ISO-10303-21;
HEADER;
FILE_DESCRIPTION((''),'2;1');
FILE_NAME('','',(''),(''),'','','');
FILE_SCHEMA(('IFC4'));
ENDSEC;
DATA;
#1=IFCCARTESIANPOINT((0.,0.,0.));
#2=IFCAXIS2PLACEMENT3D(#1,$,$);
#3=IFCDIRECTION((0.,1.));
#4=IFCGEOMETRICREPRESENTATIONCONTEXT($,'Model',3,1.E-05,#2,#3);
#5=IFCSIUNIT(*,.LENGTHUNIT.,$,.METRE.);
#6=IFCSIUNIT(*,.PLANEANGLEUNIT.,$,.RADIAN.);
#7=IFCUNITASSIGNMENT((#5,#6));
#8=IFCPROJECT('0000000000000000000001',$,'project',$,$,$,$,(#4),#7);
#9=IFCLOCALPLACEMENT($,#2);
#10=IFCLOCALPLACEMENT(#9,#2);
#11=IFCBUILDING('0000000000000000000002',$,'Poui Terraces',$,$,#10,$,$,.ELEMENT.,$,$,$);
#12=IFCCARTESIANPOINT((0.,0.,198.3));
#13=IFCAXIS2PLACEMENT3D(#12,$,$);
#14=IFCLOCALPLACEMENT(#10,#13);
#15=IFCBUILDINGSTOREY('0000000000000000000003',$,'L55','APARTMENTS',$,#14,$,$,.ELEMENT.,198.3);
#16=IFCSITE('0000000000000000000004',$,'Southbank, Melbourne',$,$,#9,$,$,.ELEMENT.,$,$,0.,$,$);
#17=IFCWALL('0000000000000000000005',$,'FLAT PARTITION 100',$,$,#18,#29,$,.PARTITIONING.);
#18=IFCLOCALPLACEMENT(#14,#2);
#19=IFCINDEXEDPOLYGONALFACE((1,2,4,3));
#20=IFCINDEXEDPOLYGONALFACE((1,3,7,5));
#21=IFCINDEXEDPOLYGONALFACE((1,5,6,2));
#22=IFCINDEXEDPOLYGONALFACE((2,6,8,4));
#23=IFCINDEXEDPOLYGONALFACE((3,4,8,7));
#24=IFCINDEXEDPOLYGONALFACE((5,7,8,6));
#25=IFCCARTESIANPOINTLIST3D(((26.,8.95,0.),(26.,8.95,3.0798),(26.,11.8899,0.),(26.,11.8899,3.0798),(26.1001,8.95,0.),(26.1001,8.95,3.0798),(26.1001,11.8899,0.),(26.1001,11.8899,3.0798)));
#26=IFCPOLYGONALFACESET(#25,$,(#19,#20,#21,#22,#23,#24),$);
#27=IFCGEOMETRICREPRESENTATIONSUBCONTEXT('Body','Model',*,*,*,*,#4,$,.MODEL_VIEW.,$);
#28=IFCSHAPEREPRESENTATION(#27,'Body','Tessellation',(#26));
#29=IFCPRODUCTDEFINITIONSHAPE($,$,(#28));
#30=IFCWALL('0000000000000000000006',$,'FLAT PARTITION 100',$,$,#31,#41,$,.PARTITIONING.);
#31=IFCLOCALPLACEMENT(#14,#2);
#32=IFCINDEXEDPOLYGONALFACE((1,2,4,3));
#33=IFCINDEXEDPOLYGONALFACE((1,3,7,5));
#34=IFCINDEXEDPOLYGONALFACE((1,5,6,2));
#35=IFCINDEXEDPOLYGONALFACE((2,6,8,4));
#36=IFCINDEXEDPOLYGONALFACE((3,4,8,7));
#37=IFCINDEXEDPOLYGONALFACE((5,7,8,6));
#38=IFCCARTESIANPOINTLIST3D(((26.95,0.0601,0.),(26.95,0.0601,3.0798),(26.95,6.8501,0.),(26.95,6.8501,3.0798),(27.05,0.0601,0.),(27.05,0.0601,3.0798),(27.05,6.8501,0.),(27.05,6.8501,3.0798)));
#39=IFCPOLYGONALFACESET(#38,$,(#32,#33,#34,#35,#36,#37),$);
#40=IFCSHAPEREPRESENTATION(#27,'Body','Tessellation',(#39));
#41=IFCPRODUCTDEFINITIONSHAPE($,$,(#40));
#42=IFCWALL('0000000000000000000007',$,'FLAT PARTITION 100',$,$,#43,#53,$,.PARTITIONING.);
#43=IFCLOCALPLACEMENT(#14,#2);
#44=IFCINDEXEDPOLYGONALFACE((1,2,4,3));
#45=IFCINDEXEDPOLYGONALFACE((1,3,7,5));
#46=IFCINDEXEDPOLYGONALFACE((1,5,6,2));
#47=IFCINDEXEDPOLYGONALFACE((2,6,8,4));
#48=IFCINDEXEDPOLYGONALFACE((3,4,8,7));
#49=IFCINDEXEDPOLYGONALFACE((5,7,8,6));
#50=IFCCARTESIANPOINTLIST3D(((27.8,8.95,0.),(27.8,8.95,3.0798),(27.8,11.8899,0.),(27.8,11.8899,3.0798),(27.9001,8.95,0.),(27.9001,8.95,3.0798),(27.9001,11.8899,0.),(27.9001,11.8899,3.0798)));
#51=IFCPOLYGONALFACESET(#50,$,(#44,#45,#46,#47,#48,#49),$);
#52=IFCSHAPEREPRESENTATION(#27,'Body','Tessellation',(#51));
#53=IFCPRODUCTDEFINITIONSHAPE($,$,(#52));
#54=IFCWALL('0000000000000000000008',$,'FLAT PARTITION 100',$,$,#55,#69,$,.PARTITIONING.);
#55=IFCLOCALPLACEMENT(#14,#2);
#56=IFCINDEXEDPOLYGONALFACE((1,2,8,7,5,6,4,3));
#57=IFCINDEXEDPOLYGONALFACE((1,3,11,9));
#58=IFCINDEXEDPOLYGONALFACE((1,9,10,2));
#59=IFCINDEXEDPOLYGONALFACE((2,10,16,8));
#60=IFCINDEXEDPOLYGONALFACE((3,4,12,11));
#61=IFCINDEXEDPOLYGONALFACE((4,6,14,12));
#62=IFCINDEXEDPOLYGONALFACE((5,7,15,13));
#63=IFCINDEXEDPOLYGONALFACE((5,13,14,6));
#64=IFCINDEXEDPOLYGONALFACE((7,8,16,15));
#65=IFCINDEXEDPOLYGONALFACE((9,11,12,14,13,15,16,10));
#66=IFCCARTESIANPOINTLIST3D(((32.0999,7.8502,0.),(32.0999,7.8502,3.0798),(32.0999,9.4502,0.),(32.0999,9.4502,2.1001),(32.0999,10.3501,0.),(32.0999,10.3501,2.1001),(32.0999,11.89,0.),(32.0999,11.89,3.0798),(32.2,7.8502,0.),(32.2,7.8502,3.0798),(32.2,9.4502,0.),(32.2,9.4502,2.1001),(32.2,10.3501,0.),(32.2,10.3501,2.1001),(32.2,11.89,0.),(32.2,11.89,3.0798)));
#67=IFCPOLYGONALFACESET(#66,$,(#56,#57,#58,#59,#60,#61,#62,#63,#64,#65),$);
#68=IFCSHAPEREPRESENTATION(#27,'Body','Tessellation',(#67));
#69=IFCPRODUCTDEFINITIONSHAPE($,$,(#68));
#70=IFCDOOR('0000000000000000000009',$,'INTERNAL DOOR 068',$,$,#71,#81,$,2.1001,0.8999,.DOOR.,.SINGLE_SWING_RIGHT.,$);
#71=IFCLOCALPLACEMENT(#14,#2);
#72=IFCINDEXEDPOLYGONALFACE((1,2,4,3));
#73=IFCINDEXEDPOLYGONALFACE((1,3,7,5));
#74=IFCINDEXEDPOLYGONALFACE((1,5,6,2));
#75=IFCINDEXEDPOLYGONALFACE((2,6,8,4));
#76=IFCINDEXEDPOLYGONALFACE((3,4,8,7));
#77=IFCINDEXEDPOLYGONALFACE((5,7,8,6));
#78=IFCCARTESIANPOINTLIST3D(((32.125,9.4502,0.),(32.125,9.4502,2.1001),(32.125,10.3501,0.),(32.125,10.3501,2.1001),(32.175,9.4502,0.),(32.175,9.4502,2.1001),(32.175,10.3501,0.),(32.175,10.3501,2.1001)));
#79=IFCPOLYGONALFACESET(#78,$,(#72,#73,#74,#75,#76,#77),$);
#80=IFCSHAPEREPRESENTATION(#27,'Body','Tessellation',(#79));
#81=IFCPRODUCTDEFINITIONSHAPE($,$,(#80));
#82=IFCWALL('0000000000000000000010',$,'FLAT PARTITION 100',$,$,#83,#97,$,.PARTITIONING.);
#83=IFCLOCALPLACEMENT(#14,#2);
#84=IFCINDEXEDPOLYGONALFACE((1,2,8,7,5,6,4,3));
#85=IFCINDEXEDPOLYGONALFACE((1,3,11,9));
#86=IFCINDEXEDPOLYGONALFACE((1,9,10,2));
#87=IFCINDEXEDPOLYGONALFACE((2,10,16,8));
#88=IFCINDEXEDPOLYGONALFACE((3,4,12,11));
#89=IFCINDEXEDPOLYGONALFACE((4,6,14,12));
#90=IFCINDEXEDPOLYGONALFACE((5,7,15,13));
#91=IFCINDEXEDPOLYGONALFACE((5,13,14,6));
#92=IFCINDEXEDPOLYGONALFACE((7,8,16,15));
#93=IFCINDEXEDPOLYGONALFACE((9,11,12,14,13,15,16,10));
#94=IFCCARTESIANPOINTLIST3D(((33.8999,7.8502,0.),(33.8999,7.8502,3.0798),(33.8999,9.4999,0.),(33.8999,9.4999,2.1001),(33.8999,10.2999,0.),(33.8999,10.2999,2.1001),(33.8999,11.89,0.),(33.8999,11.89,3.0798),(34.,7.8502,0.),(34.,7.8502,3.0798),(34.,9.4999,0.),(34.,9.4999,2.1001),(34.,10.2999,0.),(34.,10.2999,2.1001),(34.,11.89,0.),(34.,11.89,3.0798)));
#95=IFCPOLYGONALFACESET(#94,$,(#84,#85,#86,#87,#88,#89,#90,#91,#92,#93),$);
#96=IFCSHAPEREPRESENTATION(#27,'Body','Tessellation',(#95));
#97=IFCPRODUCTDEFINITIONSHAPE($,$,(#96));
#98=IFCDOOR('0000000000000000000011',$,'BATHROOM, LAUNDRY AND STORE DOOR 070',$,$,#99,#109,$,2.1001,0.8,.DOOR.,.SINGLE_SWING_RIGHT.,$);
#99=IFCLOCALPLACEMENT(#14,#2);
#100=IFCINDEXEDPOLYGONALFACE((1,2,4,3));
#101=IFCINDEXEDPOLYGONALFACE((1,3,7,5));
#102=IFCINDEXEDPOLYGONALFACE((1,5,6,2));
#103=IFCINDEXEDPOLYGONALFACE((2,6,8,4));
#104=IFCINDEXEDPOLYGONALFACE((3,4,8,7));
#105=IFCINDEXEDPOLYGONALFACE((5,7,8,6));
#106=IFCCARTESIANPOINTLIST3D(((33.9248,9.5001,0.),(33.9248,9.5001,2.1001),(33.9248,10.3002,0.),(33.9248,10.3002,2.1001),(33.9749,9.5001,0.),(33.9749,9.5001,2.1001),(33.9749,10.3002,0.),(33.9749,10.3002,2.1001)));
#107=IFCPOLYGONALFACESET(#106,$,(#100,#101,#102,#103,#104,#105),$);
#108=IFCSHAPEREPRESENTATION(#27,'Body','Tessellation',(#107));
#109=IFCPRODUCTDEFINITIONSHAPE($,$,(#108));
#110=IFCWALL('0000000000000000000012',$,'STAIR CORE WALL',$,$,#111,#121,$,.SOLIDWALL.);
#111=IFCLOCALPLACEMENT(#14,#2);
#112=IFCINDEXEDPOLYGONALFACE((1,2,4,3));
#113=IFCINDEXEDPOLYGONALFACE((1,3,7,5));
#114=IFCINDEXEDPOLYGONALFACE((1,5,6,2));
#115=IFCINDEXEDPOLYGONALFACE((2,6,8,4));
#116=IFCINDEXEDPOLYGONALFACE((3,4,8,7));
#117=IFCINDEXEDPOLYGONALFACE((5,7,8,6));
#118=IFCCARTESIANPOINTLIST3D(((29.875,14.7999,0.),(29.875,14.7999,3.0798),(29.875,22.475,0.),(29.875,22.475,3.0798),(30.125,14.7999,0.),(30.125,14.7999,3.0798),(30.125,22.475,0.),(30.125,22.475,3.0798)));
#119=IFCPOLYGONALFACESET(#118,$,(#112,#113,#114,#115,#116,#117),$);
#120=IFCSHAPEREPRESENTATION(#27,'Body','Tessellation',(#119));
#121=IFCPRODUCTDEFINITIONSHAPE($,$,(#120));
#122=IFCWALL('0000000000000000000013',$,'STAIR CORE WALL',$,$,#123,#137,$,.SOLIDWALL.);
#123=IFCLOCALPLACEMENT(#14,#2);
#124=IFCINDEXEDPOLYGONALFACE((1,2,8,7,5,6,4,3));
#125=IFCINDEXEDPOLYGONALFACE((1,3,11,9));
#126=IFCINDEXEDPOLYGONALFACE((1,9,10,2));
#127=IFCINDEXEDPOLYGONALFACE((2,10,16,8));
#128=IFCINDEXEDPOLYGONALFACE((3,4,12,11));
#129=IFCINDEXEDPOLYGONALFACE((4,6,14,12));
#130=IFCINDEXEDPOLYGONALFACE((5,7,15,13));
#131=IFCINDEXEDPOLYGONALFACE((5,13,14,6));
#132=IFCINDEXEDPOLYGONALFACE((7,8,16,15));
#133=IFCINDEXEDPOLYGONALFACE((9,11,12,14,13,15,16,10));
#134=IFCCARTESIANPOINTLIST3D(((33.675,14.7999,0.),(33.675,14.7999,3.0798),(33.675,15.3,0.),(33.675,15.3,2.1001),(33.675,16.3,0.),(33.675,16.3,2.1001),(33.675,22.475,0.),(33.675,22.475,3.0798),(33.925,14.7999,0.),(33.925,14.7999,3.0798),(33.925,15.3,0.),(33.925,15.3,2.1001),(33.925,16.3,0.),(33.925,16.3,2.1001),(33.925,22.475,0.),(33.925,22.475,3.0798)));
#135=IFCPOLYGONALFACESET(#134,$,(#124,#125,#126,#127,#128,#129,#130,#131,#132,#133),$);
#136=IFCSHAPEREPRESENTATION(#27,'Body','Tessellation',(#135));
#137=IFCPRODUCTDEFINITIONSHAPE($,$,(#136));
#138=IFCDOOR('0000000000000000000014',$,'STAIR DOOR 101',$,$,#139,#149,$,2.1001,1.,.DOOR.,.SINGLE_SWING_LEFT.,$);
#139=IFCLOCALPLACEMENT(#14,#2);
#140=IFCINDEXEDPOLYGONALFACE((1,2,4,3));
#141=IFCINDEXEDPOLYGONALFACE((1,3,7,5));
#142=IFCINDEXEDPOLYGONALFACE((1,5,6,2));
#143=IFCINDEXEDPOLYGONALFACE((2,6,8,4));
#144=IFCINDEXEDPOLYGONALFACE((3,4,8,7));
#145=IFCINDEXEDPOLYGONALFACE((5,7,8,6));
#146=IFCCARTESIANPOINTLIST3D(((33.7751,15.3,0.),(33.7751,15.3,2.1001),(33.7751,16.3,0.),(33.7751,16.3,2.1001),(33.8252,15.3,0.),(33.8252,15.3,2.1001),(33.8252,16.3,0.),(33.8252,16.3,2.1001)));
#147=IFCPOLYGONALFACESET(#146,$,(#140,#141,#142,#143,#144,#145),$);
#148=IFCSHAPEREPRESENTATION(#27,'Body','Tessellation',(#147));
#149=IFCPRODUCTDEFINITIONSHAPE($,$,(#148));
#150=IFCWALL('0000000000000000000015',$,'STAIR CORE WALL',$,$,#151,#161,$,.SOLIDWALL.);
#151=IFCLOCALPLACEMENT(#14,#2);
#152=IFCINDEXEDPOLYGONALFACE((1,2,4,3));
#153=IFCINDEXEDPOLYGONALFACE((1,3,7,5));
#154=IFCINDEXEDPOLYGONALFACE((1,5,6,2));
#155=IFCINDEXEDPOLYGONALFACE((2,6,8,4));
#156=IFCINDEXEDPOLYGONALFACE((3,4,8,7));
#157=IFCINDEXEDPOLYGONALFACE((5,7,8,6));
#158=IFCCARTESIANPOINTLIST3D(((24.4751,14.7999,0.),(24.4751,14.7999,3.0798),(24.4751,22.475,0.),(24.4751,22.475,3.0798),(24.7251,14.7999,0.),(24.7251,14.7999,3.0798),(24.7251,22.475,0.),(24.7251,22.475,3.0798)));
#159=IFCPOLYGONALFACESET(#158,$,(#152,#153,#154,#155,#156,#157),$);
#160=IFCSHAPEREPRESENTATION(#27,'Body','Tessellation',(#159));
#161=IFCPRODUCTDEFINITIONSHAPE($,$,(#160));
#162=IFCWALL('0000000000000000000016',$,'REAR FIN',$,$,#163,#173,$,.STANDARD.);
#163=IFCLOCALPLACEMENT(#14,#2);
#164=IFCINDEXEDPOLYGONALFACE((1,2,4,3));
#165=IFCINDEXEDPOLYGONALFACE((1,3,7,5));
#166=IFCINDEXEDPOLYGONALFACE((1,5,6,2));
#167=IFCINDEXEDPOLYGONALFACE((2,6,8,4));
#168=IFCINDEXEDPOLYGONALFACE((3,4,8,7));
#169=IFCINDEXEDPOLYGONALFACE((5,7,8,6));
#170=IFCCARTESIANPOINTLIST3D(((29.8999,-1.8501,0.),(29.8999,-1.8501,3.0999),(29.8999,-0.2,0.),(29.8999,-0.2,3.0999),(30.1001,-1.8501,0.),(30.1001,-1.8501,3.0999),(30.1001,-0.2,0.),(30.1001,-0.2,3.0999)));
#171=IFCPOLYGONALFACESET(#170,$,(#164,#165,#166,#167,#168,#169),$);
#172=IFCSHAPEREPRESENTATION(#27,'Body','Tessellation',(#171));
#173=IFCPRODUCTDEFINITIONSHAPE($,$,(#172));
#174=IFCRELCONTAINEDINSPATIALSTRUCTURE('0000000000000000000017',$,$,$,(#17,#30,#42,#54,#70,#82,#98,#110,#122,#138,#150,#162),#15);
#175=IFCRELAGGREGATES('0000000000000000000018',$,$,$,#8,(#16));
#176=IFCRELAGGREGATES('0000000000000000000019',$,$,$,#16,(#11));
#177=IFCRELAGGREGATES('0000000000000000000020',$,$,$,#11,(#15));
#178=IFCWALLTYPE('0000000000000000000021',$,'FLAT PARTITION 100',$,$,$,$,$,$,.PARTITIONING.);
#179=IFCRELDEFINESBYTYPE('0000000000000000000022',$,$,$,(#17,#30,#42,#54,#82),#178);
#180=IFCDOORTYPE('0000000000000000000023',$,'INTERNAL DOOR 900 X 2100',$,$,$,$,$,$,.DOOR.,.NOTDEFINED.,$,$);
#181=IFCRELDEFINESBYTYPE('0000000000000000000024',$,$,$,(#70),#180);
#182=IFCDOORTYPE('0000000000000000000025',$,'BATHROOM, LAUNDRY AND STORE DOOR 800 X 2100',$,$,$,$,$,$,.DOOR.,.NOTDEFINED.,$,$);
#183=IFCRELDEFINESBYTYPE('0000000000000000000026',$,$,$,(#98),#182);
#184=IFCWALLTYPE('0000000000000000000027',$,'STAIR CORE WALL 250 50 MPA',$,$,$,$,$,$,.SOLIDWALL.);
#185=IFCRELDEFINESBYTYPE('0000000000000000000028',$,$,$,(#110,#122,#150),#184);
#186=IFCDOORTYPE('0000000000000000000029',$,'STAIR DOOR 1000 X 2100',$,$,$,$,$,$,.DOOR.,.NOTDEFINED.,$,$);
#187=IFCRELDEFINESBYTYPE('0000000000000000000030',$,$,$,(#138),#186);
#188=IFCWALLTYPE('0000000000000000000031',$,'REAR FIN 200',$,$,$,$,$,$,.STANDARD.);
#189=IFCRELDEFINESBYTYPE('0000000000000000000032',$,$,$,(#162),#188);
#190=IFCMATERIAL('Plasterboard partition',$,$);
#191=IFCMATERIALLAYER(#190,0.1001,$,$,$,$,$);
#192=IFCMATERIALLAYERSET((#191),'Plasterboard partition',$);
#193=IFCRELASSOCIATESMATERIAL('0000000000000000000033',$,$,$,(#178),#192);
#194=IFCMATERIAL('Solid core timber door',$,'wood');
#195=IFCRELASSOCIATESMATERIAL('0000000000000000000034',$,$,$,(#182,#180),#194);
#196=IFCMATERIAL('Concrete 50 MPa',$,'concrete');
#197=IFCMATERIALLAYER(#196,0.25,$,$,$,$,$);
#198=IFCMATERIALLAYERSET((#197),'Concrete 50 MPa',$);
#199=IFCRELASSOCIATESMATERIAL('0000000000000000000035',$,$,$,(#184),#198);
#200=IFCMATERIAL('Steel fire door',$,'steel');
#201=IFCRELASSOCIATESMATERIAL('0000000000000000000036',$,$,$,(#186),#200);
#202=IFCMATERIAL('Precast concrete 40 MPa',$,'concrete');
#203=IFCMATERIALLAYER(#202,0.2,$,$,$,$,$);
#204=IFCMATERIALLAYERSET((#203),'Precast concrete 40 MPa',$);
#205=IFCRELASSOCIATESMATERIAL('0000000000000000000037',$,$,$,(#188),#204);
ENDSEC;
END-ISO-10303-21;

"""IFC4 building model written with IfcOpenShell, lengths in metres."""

from ifc_helpers import new_model, si_unit, direction, frame, frame_2d, origin, place, context, subcontext, project, spatial, polyline, rectangle, outline, extrude, source, transform, mapped, material, layer, layer_set, type_object, element, fill, save


model = new_model("IFC4")

# Units and contexts
model_context = context("Model", 3, precision=1e-05, world=origin(), true_north=direction((0.0, 1.0)))
body_context = subcontext(model_context, "Body", "Model", "MODEL_VIEW")
ifc_project = project(units=[si_unit("LENGTHUNIT", "METRE"), si_unit("PLANEANGLEUNIT", "RADIAN")], contexts=[model_context])

# Site, building, storey
site_placement = place(None, origin())
site = spatial("IfcSite", under=ifc_project, at=site_placement, Name="Southbank, Melbourne", CompositionType="ELEMENT", RefElevation=0.0)
building_placement = place(site_placement, origin())
building = spatial("IfcBuilding", under=site, at=building_placement, Name="Poui Terraces", CompositionType="ELEMENT")
storey_placement = place(building_placement, frame((0.0, 0.0, 198.3)))
storey = spatial("IfcBuildingStorey", under=building, at=storey_placement, Name="L55", Description="APARTMENTS", CompositionType="ELEMENT", Elevation=198.3)

# Shared definitions
ifc_material_1 = material(Name="Concrete 50 MPa", Category="concrete")

# Shared definitions
ifc_material_2 = material(Name="Precast concrete 40 MPa", Category="concrete")

# Shared definitions
ifc_material_3 = material(Name="Steel fire door", Category="steel")

# Shared definitions
ifc_material_4 = material(Name="Plasterboard partition")
ifc_layer_1 = layer(ifc_material_4, 0.1001)
ifc_layer_set_1 = layer_set([ifc_layer_1], Name="Plasterboard partition")
wall_type_1 = type_object("IfcWallType", Name="FLAT PARTITION 100", PredefinedType="PARTITIONING", material=ifc_layer_set_1)

# Shared definitions
ifc_material_5 = material(Name="Solid core timber door", Category="wood")
door_type_1 = type_object("IfcDoorType", Name="BATHROOM, LAUNDRY AND STORE DOOR 800 X 2100", OperationType="NOTDEFINED", PredefinedType="DOOR", material=ifc_material_5)
door_type_2 = type_object("IfcDoorType", Name="INTERNAL DOOR 900 X 2100", OperationType="NOTDEFINED", PredefinedType="DOOR", material=ifc_material_5)

# Walls
wall_1_placement = place(storey_placement, frame((26.05, 8.95, 0.0), z_axis=(0.0, 0.0, 1.0), x_axis=(0.0, 1.0, 0.0)))
element("IfcWall", 1, at=wall_1_placement, inside=storey, type_object=wall_type_1, Name="FLAT PARTITION 100", PredefinedType="PARTITIONING", context=body_context, shape_type="SweptSolid", body=[
    extrude(rectangle(XDim=2.9399, YDim=0.1001, at=frame_2d((1.47, 0.0))), origin(), (0.0, 0.0, 1.0), 3.0798),
])
wall_2_placement = place(storey_placement, frame((27.0, 0.0601, 0.0), z_axis=(0.0, 0.0, 1.0), x_axis=(0.0, 1.0, 0.0)))
element("IfcWall", 2, at=wall_2_placement, inside=storey, type_object=wall_type_1, Name="FLAT PARTITION 100", PredefinedType="PARTITIONING", context=body_context, shape_type="SweptSolid", body=[
    extrude(rectangle(XDim=6.79, YDim=0.1001, at=frame_2d((3.395, 0.0))), origin(), (0.0, 0.0, 1.0), 3.0798),
])
wall_3_placement = place(storey_placement, frame((27.8501, 8.95, 0.0), z_axis=(0.0, 0.0, 1.0), x_axis=(0.0, 1.0, 0.0)))
element("IfcWall", 3, at=wall_3_placement, inside=storey, type_object=wall_type_1, Name="FLAT PARTITION 100", PredefinedType="PARTITIONING", context=body_context, shape_type="SweptSolid", body=[
    extrude(rectangle(XDim=2.9399, YDim=0.1001, at=frame_2d((1.47, 0.0))), origin(), (0.0, 0.0, 1.0), 3.0798),
])

# Walls, openings, doors
wall_4_placement = place(storey_placement, frame((32.1499, 7.8501, 0.0), z_axis=(0.0, 0.0, 1.0), x_axis=(0.0, 1.0, 0.0)))
wall_4 = element("IfcWall", 4, at=wall_4_placement, inside=storey, type_object=wall_type_1, Name="FLAT PARTITION 100", PredefinedType="PARTITIONING", context=body_context, shape_type="SweptSolid", body=[
    extrude(rectangle(XDim=4.0398, YDim=0.1001, at=frame_2d((2.02, 0.0))), origin(), (0.0, 0.0, 1.0), 3.0798),
])
opening_1_placement = place(wall_4_placement, frame((1.6001, 0.0, 0.0)))
opening_1 = element("IfcOpeningElement", 5, at=opening_1_placement, cuts=wall_4, PredefinedType="OPENING", context=body_context, shape_type="SweptSolid", body=[
    extrude(rectangle(XDim=0.8999, YDim=2.1001, at=frame_2d((0.45, 1.05))), frame((0.0, 0.0601, 0.0), z_axis=(0.0, -1.0, 0.0), x_axis=(1.0, 0.0, 0.0)), (0.0, 0.0, 1.0), 0.1201),
])
door_1_placement = place(opening_1_placement, origin())
door_1 = element("IfcDoor", 6, at=door_1_placement, inside=storey, type_object=door_type_2, Name="INTERNAL DOOR 068", OperationType="SINGLE_SWING_RIGHT", OverallHeight=2.1001, OverallWidth=0.8999, PredefinedType="DOOR", context=body_context, shape_type="SweptSolid", body=[
    extrude(rectangle(XDim=0.8999, YDim=2.1001, at=frame_2d((0.45, 1.05))), frame((0.0, 0.0249, 0.0), z_axis=(0.0, -1.0, 0.0), x_axis=(1.0, 0.0, 0.0)), (0.0, 0.0, 1.0), 0.05),
])
fill(opening_1, door_1)
wall_5_placement = place(storey_placement, frame((33.95, 7.8501, 0.0), z_axis=(0.0, 0.0, 1.0), x_axis=(0.0, 1.0, 0.0)))
wall_5 = element("IfcWall", 7, at=wall_5_placement, inside=storey, type_object=wall_type_1, Name="FLAT PARTITION 100", PredefinedType="PARTITIONING", context=body_context, shape_type="SweptSolid", body=[
    extrude(rectangle(XDim=4.0398, YDim=0.1001, at=frame_2d((2.02, 0.0))), origin(), (0.0, 0.0, 1.0), 3.0798),
])
opening_2_placement = place(wall_5_placement, frame((1.6499, 0.0, 0.0)))
opening_2 = element("IfcOpeningElement", 8, at=opening_2_placement, cuts=wall_5, PredefinedType="OPENING", context=body_context, shape_type="SweptSolid", body=[
    extrude(rectangle(XDim=0.8, YDim=2.1001, at=frame_2d((0.3999, 1.05))), frame((0.0, 0.0601, 0.0), z_axis=(0.0, -1.0, 0.0), x_axis=(1.0, 0.0, 0.0)), (0.0, 0.0, 1.0), 0.1201),
])
door_2_placement = place(opening_2_placement, frame((0.8, 0.0, 0.0), z_axis=(0.0, 0.0, 1.0), x_axis=(-1.0, 0.0, 0.0)))
door_2 = element("IfcDoor", 9, at=door_2_placement, inside=storey, type_object=door_type_1, Name="BATHROOM, LAUNDRY AND STORE DOOR 070", OperationType="SINGLE_SWING_RIGHT", OverallHeight=2.1001, OverallWidth=0.8, PredefinedType="DOOR", context=body_context, shape_type="SweptSolid", body=[
    extrude(rectangle(XDim=0.8, YDim=2.1001, at=frame_2d((0.3999, 1.05))), frame((0.0, 0.0249, 0.0), z_axis=(0.0, -1.0, 0.0), x_axis=(1.0, 0.0, 0.0)), (0.0, 0.0, 1.0), 0.05),
])
fill(opening_2, door_2)

# Wall
ifc_layer_2 = layer(ifc_material_1, 0.25)
ifc_layer_set_2 = layer_set([ifc_layer_2], Name="Concrete 50 MPa")
wall_type_2 = type_object("IfcWallType", Name="STAIR CORE WALL 250 50 MPA", PredefinedType="SOLIDWALL", material=ifc_layer_set_2)
wall_6_placement = place(storey_placement, frame((30.0, 14.8, 0.0), z_axis=(0.0, 0.0, 1.0), x_axis=(0.0, 1.0, 0.0)))
element("IfcWall", 10, at=wall_6_placement, inside=storey, type_object=wall_type_2, Name="STAIR CORE WALL", PredefinedType="SOLIDWALL", context=body_context, shape_type="SweptSolid", body=[
    extrude(rectangle(XDim=7.675, YDim=0.25, at=frame_2d((3.8374, 0.0))), origin(), (0.0, 0.0, 1.0), 3.0798),
])

# Wall, opening, door
wall_7_placement = place(storey_placement, frame((33.8, 14.8, 0.0), z_axis=(0.0, 0.0, 1.0), x_axis=(0.0, 1.0, 0.0)))
wall_7 = element("IfcWall", 11, at=wall_7_placement, inside=storey, type_object=wall_type_2, Name="STAIR CORE WALL", PredefinedType="SOLIDWALL", context=body_context, shape_type="SweptSolid", body=[
    extrude(rectangle(XDim=7.675, YDim=0.25, at=frame_2d((3.8374, 0.0))), origin(), (0.0, 0.0, 1.0), 3.0798),
])
opening_3_placement = place(wall_7_placement, frame((0.5, 0.0, 0.0)))
opening_3 = element("IfcOpeningElement", 12, at=opening_3_placement, cuts=wall_7, PredefinedType="OPENING", context=body_context, shape_type="SweptSolid", body=[
    extrude(rectangle(XDim=1.0, YDim=2.1001, at=frame_2d((0.5, 1.05))), frame((0.0, 0.135, 0.0), z_axis=(0.0, -1.0, 0.0), x_axis=(1.0, 0.0, 0.0)), (0.0, 0.0, 1.0), 0.27),
])
door_type_3 = type_object("IfcDoorType", Name="STAIR DOOR 1000 X 2100", OperationType="NOTDEFINED", PredefinedType="DOOR", material=ifc_material_3)
door_3_placement = place(opening_3_placement, origin())
door_3 = element("IfcDoor", 13, at=door_3_placement, inside=storey, type_object=door_type_3, Name="STAIR DOOR 101", OperationType="SINGLE_SWING_LEFT", OverallHeight=2.1001, OverallWidth=1.0, PredefinedType="DOOR", context=body_context, shape_type="SweptSolid", body=[
    extrude(rectangle(XDim=1.0, YDim=2.1001, at=frame_2d((0.5, 1.05))), frame((0.0, 0.0249, 0.0), z_axis=(0.0, -1.0, 0.0), x_axis=(1.0, 0.0, 0.0)), (0.0, 0.0, 1.0), 0.05),
])
fill(opening_3, door_3)

# Walls
wall_8_placement = place(storey_placement, frame((24.6001, 14.8, 0.0), z_axis=(0.0, 0.0, 1.0), x_axis=(0.0, 1.0, 0.0)))
element("IfcWall", 14, at=wall_8_placement, inside=storey, type_object=wall_type_2, Name="STAIR CORE WALL", PredefinedType="SOLIDWALL", context=body_context, shape_type="SweptSolid", body=[
    extrude(rectangle(XDim=7.675, YDim=0.25, at=frame_2d((3.8374, 0.0))), origin(), (0.0, 0.0, 1.0), 3.0798),
])
ifc_layer_3 = layer(ifc_material_2, 0.2)
ifc_layer_set_3 = layer_set([ifc_layer_3], Name="Precast concrete 40 MPa")
wall_type_3 = type_object("IfcWallType", Name="REAR FIN 200", PredefinedType="STANDARD", material=ifc_layer_set_3)
shared_shape_1 = source(origin(), body_context, "Body", "SweptSolid", [
    extrude(outline(polyline([(0.0, 0.0), (0.2002, 0.0), (0.2002, 1.6501), (0.0, 1.6501), (0.0, 0.0)])), origin(), (0.0, 0.0, 1.0), 3.0999),
])
for number, where, name in (
    (15, (29.8999, -1.8501, 0.0), "REAR FIN"),
):
    element("IfcWall", number, at=place(storey_placement, frame(where)), inside=storey, type_object=wall_type_3, Name=name, PredefinedType="STANDARD", context=body_context, shape_type="MappedRepresentation", body=[
        mapped(shared_shape_1, transform((0.0, 0.0, 0.0))),
    ])

save(model, "model.ifc")
